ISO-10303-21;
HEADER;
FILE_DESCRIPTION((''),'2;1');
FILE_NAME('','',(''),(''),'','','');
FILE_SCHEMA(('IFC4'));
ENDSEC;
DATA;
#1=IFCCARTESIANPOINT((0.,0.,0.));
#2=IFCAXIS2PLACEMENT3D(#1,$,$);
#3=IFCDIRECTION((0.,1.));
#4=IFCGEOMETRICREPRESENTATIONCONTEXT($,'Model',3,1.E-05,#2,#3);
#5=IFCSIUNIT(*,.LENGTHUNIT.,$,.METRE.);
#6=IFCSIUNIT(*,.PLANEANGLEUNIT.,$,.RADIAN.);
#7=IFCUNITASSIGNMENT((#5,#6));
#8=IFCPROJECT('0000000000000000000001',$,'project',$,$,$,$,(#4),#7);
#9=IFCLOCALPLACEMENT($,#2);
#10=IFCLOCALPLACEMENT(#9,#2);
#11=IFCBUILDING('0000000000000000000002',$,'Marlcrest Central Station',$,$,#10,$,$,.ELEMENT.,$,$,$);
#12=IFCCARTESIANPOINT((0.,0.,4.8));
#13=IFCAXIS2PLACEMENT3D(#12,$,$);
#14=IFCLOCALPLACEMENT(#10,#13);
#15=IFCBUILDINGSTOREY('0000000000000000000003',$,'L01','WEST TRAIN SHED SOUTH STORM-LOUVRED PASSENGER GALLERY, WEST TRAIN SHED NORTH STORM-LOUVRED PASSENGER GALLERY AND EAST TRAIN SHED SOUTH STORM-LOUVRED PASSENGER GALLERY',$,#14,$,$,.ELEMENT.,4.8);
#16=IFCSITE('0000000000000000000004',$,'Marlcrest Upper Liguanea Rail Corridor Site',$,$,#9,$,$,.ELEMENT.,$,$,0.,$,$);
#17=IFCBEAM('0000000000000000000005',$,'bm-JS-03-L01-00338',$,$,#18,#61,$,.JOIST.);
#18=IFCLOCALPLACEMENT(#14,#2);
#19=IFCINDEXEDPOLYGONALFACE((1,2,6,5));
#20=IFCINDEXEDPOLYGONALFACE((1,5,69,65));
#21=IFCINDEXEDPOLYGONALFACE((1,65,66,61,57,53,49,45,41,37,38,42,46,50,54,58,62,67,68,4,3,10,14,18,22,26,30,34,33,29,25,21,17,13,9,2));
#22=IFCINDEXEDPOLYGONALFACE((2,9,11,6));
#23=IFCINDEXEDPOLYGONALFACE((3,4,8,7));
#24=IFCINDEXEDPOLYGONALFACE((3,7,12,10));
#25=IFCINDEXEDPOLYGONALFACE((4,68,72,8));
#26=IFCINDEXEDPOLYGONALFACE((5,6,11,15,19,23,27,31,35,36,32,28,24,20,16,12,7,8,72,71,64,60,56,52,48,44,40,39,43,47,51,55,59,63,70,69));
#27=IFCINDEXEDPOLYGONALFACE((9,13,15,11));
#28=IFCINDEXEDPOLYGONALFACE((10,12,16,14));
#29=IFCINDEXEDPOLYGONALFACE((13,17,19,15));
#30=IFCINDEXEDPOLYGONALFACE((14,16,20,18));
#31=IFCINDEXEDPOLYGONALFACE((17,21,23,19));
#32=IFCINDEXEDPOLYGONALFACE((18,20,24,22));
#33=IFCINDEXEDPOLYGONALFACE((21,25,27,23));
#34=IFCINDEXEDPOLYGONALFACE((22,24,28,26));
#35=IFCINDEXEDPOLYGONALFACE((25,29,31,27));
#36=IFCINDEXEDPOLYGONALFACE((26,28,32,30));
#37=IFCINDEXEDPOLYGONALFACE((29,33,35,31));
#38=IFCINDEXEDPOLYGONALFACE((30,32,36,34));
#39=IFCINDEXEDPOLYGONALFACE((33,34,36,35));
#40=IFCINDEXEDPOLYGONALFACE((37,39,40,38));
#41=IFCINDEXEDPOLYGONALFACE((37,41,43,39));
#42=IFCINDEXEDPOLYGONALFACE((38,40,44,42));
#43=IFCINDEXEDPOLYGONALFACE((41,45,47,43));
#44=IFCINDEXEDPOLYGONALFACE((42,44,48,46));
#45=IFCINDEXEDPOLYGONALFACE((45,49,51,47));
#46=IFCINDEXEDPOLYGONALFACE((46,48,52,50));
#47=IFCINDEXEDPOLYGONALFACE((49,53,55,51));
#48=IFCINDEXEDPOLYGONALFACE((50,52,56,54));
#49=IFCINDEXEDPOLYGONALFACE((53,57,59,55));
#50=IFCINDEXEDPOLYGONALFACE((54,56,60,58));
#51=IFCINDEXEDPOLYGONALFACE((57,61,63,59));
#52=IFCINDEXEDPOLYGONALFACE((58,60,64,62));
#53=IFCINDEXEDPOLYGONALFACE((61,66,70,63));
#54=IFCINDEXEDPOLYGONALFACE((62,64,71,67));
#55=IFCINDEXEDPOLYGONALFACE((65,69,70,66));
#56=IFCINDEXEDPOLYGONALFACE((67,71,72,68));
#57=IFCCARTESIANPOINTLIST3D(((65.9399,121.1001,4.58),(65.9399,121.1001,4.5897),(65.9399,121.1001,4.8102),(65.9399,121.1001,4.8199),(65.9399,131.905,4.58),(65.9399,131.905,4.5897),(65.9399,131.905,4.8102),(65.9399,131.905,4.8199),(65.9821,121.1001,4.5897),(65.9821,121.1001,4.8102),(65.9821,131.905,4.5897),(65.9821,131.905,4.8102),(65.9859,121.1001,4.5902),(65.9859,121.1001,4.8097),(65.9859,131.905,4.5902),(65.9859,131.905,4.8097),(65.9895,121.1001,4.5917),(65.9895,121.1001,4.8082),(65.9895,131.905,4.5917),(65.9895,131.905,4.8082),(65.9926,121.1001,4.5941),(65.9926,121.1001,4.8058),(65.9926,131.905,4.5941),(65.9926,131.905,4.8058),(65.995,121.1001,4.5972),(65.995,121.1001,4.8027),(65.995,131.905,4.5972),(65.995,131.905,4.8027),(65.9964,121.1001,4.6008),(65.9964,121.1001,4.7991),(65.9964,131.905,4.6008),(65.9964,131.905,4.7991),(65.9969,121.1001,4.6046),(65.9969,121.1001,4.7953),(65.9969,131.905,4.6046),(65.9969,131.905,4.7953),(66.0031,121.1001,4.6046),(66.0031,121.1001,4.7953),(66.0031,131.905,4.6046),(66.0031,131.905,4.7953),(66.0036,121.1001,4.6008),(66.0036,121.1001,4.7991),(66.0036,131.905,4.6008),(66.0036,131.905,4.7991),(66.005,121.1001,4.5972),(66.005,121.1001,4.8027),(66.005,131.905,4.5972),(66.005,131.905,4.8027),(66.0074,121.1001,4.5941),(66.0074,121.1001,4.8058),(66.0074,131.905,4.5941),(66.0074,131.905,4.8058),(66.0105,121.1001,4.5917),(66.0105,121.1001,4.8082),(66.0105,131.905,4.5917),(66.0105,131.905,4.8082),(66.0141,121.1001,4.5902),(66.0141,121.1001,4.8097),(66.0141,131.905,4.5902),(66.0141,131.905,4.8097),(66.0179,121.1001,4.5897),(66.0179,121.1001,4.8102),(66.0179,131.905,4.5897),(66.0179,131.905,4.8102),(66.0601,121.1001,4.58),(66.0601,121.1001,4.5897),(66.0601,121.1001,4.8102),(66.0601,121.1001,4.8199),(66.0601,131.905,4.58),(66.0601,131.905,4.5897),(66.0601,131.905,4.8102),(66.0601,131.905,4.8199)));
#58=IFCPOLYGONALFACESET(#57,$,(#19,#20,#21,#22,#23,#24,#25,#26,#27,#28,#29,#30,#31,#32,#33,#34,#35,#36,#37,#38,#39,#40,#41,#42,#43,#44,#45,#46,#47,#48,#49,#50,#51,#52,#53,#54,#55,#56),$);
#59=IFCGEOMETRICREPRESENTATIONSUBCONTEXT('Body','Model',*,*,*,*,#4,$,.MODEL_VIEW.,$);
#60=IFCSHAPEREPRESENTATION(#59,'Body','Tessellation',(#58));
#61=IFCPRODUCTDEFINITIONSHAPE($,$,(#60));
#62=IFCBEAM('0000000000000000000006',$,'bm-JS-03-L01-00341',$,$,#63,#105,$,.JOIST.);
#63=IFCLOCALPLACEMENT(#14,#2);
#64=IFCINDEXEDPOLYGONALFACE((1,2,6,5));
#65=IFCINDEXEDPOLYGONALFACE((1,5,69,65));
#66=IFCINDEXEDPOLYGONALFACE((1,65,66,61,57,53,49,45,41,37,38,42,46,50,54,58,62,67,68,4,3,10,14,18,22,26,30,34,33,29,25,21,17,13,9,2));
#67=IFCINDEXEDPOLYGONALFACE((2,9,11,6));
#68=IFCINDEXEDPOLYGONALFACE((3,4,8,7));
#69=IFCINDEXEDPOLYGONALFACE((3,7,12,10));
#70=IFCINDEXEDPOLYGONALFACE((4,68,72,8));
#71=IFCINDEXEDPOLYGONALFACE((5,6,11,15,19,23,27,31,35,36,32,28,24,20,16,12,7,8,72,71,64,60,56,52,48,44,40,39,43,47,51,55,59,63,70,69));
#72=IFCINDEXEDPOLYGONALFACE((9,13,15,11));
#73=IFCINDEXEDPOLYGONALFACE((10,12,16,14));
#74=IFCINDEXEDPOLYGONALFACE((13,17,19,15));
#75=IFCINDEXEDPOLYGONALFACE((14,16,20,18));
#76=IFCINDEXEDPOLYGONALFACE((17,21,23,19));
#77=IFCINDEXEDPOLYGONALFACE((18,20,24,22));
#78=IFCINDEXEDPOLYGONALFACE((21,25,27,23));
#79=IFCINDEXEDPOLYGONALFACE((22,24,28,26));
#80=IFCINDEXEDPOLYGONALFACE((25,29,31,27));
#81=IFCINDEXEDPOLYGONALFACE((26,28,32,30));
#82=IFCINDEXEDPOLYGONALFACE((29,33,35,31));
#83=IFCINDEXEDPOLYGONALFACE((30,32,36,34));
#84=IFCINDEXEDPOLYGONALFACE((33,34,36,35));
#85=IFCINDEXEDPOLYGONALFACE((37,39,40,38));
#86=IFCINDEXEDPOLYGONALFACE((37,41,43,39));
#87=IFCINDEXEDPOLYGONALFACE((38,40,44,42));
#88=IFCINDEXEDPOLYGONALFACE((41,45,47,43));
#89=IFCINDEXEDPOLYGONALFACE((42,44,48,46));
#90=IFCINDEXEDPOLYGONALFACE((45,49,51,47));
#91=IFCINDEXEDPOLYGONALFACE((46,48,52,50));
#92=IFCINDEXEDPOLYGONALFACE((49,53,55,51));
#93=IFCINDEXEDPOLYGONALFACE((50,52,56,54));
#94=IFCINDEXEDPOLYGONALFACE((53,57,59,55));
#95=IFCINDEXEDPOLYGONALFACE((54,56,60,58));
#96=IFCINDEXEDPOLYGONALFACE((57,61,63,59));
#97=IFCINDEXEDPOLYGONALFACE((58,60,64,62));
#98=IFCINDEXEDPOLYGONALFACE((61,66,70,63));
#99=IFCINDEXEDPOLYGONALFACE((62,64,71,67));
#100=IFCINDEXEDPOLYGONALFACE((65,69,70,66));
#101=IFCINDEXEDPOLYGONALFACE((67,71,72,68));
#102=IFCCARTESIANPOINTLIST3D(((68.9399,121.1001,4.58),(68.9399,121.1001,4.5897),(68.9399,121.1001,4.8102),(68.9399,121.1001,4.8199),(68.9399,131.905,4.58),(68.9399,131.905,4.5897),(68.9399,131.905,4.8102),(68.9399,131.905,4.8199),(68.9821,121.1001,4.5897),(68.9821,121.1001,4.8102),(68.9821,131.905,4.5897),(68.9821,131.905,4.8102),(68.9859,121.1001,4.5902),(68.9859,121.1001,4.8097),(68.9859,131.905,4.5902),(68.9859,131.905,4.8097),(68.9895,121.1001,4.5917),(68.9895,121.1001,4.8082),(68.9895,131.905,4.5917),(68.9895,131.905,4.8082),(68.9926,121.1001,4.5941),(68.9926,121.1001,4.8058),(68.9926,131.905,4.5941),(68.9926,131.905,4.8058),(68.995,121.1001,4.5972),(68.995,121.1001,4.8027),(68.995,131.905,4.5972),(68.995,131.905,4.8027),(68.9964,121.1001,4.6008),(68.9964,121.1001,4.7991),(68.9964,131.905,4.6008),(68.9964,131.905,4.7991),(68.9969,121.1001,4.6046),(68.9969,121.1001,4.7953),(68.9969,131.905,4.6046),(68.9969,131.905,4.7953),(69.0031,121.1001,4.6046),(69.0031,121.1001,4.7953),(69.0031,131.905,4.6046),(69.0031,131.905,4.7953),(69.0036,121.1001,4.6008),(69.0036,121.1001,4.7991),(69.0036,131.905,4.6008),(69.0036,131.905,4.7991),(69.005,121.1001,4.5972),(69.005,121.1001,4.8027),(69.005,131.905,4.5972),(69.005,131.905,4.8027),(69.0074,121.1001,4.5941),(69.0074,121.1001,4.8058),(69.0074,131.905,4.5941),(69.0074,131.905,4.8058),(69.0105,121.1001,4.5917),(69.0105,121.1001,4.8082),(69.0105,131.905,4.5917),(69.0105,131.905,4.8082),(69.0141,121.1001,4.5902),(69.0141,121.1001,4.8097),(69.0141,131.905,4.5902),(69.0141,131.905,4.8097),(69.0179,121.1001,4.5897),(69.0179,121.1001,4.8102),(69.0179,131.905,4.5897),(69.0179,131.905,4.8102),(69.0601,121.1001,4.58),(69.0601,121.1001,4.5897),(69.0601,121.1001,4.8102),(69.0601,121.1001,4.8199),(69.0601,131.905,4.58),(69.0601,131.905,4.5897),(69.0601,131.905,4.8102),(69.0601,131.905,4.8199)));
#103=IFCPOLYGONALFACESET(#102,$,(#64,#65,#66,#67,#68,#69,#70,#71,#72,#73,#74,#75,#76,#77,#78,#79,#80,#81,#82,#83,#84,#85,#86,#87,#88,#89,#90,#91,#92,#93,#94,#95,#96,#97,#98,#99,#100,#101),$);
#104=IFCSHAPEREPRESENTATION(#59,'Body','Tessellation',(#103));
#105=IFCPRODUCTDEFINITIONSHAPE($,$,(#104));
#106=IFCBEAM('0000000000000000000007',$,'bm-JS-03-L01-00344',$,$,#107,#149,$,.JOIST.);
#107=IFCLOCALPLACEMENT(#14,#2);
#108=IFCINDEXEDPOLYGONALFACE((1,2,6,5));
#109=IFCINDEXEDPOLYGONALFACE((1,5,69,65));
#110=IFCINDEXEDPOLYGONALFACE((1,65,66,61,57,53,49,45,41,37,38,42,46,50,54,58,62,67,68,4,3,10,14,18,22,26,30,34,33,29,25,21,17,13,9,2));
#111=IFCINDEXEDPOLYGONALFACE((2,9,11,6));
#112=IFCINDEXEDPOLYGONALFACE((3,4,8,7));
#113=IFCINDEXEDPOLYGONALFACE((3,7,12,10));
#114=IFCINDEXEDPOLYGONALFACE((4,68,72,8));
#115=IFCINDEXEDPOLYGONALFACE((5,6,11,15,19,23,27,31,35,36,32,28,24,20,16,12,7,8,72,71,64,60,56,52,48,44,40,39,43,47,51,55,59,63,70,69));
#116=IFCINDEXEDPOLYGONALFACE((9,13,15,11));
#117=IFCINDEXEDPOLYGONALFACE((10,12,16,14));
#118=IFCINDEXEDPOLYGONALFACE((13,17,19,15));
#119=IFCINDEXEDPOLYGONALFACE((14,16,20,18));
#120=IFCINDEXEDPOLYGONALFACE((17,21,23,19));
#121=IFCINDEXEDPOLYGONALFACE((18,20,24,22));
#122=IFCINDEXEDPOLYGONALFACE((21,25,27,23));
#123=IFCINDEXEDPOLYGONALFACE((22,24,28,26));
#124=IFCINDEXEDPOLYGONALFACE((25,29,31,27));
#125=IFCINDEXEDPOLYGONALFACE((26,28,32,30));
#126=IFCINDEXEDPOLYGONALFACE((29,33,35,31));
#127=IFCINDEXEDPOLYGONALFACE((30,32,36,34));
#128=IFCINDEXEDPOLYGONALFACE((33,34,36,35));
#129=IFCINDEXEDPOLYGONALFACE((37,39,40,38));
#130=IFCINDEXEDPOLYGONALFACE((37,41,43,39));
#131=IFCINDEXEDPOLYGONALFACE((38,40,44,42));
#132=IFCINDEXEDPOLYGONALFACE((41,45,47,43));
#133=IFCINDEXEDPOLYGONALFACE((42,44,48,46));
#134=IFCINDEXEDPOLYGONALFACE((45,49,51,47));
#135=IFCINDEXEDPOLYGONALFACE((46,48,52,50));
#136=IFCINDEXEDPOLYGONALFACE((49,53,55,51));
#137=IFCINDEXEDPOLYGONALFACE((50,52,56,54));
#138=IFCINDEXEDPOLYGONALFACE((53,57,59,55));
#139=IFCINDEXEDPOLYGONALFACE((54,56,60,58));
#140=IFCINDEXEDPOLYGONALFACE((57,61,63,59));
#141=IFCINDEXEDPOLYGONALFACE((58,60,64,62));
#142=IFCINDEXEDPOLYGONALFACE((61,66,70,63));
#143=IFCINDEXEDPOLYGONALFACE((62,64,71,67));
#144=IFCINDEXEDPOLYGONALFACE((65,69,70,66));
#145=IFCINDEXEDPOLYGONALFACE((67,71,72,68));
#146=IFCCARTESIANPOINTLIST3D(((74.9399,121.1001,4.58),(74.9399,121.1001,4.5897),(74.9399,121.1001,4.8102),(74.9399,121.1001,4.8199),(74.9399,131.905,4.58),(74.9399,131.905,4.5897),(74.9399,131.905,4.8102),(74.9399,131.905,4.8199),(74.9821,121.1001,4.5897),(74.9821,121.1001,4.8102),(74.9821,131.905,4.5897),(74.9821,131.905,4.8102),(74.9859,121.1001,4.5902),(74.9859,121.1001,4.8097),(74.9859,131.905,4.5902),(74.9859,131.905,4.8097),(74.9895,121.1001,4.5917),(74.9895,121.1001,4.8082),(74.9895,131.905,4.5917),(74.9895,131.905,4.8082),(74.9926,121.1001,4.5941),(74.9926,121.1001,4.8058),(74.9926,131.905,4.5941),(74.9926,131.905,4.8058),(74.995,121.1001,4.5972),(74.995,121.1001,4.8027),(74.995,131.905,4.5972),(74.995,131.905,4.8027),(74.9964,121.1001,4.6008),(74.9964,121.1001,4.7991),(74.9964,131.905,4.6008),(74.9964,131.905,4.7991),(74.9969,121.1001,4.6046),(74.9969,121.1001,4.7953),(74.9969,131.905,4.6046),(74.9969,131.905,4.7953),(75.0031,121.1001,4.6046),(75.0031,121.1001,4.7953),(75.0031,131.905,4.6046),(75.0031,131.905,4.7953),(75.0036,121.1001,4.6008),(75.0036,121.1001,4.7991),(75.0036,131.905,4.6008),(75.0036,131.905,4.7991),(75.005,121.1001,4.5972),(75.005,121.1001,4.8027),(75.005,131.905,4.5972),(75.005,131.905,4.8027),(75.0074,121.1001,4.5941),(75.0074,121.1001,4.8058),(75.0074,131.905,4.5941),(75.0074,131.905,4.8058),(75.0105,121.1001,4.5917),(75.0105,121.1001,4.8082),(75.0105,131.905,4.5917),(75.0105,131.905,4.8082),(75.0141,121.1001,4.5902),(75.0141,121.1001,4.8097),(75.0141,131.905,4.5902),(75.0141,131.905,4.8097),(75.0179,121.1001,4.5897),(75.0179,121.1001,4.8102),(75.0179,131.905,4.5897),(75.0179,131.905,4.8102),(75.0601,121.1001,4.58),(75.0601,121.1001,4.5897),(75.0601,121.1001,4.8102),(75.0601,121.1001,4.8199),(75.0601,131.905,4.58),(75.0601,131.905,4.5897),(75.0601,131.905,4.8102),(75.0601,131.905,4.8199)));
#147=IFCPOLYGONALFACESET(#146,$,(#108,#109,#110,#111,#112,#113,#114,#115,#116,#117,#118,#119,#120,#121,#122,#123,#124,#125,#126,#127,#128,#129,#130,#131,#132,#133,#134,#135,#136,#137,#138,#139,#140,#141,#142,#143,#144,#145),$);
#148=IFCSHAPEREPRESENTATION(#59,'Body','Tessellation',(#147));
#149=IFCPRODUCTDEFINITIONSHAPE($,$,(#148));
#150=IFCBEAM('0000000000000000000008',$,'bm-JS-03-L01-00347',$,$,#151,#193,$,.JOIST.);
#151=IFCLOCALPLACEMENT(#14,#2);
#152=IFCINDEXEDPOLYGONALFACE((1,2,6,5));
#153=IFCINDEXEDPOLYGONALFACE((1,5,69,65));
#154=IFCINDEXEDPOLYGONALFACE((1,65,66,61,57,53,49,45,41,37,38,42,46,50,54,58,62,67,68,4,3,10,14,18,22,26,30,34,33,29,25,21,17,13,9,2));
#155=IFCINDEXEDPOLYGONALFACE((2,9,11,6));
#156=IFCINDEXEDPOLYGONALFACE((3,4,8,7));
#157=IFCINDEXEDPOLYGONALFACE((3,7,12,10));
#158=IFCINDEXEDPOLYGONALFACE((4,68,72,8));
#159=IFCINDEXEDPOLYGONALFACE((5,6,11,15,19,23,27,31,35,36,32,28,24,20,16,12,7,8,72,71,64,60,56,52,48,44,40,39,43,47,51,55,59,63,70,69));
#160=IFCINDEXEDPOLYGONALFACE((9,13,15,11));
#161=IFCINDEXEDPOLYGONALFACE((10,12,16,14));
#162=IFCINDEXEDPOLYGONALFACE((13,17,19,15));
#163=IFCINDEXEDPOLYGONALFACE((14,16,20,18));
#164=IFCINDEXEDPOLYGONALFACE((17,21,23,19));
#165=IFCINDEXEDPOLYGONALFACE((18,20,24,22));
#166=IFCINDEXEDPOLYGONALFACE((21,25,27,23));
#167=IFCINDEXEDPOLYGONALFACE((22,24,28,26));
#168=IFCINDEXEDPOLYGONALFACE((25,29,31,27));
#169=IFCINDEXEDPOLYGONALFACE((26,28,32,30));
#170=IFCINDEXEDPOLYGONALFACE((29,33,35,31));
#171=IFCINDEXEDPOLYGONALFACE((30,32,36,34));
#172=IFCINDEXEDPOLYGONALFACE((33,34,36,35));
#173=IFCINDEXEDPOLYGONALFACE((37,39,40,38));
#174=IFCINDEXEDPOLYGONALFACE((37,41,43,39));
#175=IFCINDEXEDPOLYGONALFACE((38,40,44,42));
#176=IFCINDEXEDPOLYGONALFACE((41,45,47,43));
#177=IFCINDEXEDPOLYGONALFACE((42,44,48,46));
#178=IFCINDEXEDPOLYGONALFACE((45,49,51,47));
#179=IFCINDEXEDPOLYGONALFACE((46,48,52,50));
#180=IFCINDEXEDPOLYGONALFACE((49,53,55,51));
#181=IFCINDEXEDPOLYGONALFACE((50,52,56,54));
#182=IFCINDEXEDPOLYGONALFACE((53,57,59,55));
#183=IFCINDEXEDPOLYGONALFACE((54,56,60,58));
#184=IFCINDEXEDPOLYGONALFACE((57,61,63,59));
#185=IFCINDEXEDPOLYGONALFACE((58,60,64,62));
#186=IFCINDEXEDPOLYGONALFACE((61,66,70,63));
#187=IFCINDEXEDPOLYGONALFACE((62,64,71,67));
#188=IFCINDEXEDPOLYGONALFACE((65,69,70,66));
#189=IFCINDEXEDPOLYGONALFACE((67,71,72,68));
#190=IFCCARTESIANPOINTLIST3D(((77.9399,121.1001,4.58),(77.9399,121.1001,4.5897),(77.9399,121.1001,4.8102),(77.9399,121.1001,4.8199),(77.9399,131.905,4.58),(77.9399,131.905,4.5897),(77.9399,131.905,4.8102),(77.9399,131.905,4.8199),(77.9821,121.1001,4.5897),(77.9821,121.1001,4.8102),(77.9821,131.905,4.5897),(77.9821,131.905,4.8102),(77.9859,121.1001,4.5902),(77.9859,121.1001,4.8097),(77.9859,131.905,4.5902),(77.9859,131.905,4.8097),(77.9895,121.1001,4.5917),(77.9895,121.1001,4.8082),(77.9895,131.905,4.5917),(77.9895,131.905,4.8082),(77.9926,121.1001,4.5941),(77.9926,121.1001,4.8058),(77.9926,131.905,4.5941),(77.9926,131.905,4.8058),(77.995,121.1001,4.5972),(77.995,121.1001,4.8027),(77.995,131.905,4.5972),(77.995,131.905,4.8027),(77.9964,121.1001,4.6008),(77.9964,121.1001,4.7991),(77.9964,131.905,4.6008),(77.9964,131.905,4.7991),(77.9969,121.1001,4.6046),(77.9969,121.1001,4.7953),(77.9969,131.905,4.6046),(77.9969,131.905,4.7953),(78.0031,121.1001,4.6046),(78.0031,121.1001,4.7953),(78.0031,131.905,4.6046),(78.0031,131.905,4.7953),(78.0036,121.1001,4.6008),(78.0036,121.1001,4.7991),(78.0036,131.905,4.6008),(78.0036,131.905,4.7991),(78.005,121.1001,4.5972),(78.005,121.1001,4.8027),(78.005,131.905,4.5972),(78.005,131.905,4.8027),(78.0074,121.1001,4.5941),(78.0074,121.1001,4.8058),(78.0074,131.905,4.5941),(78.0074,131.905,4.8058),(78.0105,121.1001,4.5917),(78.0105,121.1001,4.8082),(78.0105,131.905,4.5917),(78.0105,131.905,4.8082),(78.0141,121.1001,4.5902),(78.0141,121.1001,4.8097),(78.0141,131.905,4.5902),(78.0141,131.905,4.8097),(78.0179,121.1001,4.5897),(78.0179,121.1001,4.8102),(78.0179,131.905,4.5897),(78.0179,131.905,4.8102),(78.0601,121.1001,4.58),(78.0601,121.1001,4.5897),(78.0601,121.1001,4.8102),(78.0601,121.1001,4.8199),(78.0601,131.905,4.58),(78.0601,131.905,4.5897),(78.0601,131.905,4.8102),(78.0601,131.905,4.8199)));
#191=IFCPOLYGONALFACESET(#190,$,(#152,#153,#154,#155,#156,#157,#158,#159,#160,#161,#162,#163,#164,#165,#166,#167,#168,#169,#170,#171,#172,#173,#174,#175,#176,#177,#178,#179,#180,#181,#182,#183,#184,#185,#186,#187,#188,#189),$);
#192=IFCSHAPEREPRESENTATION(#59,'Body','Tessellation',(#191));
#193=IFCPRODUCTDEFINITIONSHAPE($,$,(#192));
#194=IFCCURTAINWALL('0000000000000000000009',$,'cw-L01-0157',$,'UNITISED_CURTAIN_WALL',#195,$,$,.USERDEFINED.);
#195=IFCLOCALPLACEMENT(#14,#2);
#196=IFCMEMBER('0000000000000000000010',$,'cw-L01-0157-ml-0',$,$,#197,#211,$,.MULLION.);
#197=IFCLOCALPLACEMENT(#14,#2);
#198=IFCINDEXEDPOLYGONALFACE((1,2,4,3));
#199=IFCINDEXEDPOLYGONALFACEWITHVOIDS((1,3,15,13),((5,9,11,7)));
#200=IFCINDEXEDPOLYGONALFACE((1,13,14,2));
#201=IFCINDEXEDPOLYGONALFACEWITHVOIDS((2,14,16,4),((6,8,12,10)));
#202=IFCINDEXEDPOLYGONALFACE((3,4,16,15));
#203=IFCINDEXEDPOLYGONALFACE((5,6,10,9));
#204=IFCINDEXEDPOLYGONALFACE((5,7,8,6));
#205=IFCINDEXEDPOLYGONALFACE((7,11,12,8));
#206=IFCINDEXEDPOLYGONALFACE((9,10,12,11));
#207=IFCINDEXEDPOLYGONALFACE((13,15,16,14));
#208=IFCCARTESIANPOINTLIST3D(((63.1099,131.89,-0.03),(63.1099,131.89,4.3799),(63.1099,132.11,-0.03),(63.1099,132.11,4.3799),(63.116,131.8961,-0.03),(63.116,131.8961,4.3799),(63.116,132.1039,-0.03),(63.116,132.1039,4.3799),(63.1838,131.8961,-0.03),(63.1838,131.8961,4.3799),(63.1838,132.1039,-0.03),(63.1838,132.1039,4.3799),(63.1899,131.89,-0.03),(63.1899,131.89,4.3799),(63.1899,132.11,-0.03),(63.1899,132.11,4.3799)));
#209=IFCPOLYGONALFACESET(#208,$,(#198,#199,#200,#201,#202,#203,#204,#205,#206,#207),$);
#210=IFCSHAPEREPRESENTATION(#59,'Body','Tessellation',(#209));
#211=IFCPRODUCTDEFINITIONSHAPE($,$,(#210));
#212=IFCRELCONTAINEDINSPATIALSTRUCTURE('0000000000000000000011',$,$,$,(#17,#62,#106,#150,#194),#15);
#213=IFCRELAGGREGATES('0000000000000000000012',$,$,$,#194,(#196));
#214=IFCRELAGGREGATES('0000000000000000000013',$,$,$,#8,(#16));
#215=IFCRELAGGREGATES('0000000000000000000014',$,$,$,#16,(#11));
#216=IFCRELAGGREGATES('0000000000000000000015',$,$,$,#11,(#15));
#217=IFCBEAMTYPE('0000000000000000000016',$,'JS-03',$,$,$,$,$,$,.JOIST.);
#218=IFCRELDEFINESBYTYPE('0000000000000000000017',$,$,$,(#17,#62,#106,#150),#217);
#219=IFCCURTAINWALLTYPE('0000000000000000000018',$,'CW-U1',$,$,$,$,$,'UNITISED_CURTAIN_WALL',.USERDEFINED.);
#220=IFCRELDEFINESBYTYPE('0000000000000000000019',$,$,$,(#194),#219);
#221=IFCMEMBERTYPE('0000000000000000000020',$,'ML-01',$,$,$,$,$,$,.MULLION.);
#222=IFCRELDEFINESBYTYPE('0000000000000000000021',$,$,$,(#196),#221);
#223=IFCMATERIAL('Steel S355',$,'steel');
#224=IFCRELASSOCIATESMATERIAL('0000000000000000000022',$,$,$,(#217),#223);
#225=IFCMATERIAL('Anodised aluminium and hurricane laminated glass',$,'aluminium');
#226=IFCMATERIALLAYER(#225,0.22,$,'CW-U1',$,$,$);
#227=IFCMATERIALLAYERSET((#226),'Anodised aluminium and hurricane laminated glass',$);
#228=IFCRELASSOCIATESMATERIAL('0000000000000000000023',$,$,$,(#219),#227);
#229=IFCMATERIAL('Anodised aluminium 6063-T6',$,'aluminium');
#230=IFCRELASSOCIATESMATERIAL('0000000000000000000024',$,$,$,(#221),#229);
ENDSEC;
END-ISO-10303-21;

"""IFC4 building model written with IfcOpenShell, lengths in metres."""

from ifc_helpers import new_model, si_unit, direction, frame, origin, origin_2d, place, context, subcontext, project, spatial, hollow_rectangle, i_section, extrude, material, layer, layer_set, material_profile, profile_set, type_object, element, aggregate, save


model = new_model("IFC4")

# Units and contexts
model_context = context("Model", 3, precision=1e-05, world=origin(), true_north=direction((0.0, 1.0)))
body_context = subcontext(model_context, "Body", "Model", "MODEL_VIEW")
ifc_project = project(units=[si_unit("LENGTHUNIT", "METRE"), si_unit("PLANEANGLEUNIT", "RADIAN")], contexts=[model_context])

# Site, building, storey
site_placement = place(None, origin())
site = spatial("IfcSite", under=ifc_project, at=site_placement, Name="Marlcrest Upper Liguanea Rail Corridor Site", CompositionType="ELEMENT", RefElevation=0.0)
building_placement = place(site_placement, origin())
building = spatial("IfcBuilding", under=site, at=building_placement, Name="Marlcrest Central Station", CompositionType="ELEMENT")
storey_placement = place(building_placement, frame((0.0, 0.0, 4.8)))
storey = spatial("IfcBuildingStorey", under=building, at=storey_placement, Name="L01", Description="WEST TRAIN SHED SOUTH STORM-LOUVRED PASSENGER GALLERY, WEST TRAIN SHED NORTH STORM-LOUVRED PASSENGER GALLERY AND EAST TRAIN SHED SOUTH STORM-LOUVRED PASSENGER GALLERY", CompositionType="ELEMENT", Elevation=4.8)

# Shared definitions
ifc_material_1 = material(Name="Steel S355", Category="steel")

# Beams
ifc_material_profile_1 = material_profile(ifc_material_1, i_section(OverallWidth=0.1201, OverallDepth=0.24, WebThickness=0.0061, FlangeThickness=0.0098, FilletRadius=0.0149, at=origin_2d()), Name="IPE 240")
ifc_profile_set_1 = profile_set([ifc_material_profile_1], Name="Steel S355")
beam_type_1 = type_object("IfcBeamType", Name="JS-03", PredefinedType="JOIST", material=ifc_profile_set_1)
for number, where, z_axis, x_axis, name in (
    (1, (66.0, 121.1001, 4.7), (0.0, 1.0, 0.0), (-1.0, 0.0, 0.0), "bm-JS-03-L01-00338"),
    (2, (69.0, 121.1001, 4.7), (0.0, 1.0, 0.0), (-1.0, 0.0, 0.0), "bm-JS-03-L01-00341"),
    (3, (75.0, 121.1001, 4.7), (0.0, 1.0, 0.0), (-1.0, 0.0, 0.0), "bm-JS-03-L01-00344"),
    (4, (78.0, 121.1001, 4.7), (0.0, 1.0, 0.0), (-1.0, 0.0, 0.0), "bm-JS-03-L01-00347"),
):
    element("IfcBeam", number, at=place(storey_placement, frame(where, z_axis=z_axis, x_axis=x_axis)), inside=storey, type_object=beam_type_1, Name=name, PredefinedType="JOIST", context=body_context, shape_type="SweptSolid", body=[
        extrude(i_section(OverallWidth=0.1201, OverallDepth=0.24, WebThickness=0.0061, FlangeThickness=0.0098, FilletRadius=0.0149, at=origin_2d()), origin(), (0.0, 0.0, 1.0), 10.8049),
    ])

# Curtain wall, member
ifc_material_2 = material(Name="Anodised aluminium and hurricane laminated glass", Category="aluminium")
ifc_layer_1 = layer(ifc_material_2, 0.22, Name="CW-U1")
ifc_layer_set_1 = layer_set([ifc_layer_1], Name="Anodised aluminium and hurricane laminated glass")
curtain_wall_type = type_object("IfcCurtainWallType", Name="CW-U1", ElementType="UNITISED_CURTAIN_WALL", PredefinedType="USERDEFINED", material=ifc_layer_set_1)
curtain_wall_placement = place(storey_placement, origin())
curtain_wall = element("IfcCurtainWall", 5, at=curtain_wall_placement, inside=storey, type_object=curtain_wall_type, Name="cw-L01-0157", ObjectType="UNITISED_CURTAIN_WALL", PredefinedType="USERDEFINED")
ifc_material_3 = material(Name="Anodised aluminium 6063-T6", Category="aluminium")
ifc_material_profile_2 = material_profile(ifc_material_3, hollow_rectangle(XDim=0.0801, YDim=0.22, WallThickness=0.0061, at=origin_2d()), Name="AA-RHS 220x80x6")
ifc_profile_set_2 = profile_set([ifc_material_profile_2], Name="Anodised aluminium 6063-T6")
member_type = type_object("IfcMemberType", Name="ML-01", PredefinedType="MULLION", material=ifc_profile_set_2)
member_placement = place(storey_placement, frame((63.1499, 132.0, -0.03), z_axis=(0.0, 0.0, 1.0), x_axis=(1.0, 0.0, 0.0)))
member = element("IfcMember", 6, at=member_placement, type_object=member_type, Name="cw-L01-0157-ml-0", PredefinedType="MULLION", context=body_context, shape_type="SweptSolid", body=[
    extrude(hollow_rectangle(XDim=0.0801, YDim=0.22, WallThickness=0.0061, at=origin_2d()), origin(), (0.0, 0.0, 1.0), 4.4099),
])
aggregate(curtain_wall, [member])

save(model, "model.ifc")
